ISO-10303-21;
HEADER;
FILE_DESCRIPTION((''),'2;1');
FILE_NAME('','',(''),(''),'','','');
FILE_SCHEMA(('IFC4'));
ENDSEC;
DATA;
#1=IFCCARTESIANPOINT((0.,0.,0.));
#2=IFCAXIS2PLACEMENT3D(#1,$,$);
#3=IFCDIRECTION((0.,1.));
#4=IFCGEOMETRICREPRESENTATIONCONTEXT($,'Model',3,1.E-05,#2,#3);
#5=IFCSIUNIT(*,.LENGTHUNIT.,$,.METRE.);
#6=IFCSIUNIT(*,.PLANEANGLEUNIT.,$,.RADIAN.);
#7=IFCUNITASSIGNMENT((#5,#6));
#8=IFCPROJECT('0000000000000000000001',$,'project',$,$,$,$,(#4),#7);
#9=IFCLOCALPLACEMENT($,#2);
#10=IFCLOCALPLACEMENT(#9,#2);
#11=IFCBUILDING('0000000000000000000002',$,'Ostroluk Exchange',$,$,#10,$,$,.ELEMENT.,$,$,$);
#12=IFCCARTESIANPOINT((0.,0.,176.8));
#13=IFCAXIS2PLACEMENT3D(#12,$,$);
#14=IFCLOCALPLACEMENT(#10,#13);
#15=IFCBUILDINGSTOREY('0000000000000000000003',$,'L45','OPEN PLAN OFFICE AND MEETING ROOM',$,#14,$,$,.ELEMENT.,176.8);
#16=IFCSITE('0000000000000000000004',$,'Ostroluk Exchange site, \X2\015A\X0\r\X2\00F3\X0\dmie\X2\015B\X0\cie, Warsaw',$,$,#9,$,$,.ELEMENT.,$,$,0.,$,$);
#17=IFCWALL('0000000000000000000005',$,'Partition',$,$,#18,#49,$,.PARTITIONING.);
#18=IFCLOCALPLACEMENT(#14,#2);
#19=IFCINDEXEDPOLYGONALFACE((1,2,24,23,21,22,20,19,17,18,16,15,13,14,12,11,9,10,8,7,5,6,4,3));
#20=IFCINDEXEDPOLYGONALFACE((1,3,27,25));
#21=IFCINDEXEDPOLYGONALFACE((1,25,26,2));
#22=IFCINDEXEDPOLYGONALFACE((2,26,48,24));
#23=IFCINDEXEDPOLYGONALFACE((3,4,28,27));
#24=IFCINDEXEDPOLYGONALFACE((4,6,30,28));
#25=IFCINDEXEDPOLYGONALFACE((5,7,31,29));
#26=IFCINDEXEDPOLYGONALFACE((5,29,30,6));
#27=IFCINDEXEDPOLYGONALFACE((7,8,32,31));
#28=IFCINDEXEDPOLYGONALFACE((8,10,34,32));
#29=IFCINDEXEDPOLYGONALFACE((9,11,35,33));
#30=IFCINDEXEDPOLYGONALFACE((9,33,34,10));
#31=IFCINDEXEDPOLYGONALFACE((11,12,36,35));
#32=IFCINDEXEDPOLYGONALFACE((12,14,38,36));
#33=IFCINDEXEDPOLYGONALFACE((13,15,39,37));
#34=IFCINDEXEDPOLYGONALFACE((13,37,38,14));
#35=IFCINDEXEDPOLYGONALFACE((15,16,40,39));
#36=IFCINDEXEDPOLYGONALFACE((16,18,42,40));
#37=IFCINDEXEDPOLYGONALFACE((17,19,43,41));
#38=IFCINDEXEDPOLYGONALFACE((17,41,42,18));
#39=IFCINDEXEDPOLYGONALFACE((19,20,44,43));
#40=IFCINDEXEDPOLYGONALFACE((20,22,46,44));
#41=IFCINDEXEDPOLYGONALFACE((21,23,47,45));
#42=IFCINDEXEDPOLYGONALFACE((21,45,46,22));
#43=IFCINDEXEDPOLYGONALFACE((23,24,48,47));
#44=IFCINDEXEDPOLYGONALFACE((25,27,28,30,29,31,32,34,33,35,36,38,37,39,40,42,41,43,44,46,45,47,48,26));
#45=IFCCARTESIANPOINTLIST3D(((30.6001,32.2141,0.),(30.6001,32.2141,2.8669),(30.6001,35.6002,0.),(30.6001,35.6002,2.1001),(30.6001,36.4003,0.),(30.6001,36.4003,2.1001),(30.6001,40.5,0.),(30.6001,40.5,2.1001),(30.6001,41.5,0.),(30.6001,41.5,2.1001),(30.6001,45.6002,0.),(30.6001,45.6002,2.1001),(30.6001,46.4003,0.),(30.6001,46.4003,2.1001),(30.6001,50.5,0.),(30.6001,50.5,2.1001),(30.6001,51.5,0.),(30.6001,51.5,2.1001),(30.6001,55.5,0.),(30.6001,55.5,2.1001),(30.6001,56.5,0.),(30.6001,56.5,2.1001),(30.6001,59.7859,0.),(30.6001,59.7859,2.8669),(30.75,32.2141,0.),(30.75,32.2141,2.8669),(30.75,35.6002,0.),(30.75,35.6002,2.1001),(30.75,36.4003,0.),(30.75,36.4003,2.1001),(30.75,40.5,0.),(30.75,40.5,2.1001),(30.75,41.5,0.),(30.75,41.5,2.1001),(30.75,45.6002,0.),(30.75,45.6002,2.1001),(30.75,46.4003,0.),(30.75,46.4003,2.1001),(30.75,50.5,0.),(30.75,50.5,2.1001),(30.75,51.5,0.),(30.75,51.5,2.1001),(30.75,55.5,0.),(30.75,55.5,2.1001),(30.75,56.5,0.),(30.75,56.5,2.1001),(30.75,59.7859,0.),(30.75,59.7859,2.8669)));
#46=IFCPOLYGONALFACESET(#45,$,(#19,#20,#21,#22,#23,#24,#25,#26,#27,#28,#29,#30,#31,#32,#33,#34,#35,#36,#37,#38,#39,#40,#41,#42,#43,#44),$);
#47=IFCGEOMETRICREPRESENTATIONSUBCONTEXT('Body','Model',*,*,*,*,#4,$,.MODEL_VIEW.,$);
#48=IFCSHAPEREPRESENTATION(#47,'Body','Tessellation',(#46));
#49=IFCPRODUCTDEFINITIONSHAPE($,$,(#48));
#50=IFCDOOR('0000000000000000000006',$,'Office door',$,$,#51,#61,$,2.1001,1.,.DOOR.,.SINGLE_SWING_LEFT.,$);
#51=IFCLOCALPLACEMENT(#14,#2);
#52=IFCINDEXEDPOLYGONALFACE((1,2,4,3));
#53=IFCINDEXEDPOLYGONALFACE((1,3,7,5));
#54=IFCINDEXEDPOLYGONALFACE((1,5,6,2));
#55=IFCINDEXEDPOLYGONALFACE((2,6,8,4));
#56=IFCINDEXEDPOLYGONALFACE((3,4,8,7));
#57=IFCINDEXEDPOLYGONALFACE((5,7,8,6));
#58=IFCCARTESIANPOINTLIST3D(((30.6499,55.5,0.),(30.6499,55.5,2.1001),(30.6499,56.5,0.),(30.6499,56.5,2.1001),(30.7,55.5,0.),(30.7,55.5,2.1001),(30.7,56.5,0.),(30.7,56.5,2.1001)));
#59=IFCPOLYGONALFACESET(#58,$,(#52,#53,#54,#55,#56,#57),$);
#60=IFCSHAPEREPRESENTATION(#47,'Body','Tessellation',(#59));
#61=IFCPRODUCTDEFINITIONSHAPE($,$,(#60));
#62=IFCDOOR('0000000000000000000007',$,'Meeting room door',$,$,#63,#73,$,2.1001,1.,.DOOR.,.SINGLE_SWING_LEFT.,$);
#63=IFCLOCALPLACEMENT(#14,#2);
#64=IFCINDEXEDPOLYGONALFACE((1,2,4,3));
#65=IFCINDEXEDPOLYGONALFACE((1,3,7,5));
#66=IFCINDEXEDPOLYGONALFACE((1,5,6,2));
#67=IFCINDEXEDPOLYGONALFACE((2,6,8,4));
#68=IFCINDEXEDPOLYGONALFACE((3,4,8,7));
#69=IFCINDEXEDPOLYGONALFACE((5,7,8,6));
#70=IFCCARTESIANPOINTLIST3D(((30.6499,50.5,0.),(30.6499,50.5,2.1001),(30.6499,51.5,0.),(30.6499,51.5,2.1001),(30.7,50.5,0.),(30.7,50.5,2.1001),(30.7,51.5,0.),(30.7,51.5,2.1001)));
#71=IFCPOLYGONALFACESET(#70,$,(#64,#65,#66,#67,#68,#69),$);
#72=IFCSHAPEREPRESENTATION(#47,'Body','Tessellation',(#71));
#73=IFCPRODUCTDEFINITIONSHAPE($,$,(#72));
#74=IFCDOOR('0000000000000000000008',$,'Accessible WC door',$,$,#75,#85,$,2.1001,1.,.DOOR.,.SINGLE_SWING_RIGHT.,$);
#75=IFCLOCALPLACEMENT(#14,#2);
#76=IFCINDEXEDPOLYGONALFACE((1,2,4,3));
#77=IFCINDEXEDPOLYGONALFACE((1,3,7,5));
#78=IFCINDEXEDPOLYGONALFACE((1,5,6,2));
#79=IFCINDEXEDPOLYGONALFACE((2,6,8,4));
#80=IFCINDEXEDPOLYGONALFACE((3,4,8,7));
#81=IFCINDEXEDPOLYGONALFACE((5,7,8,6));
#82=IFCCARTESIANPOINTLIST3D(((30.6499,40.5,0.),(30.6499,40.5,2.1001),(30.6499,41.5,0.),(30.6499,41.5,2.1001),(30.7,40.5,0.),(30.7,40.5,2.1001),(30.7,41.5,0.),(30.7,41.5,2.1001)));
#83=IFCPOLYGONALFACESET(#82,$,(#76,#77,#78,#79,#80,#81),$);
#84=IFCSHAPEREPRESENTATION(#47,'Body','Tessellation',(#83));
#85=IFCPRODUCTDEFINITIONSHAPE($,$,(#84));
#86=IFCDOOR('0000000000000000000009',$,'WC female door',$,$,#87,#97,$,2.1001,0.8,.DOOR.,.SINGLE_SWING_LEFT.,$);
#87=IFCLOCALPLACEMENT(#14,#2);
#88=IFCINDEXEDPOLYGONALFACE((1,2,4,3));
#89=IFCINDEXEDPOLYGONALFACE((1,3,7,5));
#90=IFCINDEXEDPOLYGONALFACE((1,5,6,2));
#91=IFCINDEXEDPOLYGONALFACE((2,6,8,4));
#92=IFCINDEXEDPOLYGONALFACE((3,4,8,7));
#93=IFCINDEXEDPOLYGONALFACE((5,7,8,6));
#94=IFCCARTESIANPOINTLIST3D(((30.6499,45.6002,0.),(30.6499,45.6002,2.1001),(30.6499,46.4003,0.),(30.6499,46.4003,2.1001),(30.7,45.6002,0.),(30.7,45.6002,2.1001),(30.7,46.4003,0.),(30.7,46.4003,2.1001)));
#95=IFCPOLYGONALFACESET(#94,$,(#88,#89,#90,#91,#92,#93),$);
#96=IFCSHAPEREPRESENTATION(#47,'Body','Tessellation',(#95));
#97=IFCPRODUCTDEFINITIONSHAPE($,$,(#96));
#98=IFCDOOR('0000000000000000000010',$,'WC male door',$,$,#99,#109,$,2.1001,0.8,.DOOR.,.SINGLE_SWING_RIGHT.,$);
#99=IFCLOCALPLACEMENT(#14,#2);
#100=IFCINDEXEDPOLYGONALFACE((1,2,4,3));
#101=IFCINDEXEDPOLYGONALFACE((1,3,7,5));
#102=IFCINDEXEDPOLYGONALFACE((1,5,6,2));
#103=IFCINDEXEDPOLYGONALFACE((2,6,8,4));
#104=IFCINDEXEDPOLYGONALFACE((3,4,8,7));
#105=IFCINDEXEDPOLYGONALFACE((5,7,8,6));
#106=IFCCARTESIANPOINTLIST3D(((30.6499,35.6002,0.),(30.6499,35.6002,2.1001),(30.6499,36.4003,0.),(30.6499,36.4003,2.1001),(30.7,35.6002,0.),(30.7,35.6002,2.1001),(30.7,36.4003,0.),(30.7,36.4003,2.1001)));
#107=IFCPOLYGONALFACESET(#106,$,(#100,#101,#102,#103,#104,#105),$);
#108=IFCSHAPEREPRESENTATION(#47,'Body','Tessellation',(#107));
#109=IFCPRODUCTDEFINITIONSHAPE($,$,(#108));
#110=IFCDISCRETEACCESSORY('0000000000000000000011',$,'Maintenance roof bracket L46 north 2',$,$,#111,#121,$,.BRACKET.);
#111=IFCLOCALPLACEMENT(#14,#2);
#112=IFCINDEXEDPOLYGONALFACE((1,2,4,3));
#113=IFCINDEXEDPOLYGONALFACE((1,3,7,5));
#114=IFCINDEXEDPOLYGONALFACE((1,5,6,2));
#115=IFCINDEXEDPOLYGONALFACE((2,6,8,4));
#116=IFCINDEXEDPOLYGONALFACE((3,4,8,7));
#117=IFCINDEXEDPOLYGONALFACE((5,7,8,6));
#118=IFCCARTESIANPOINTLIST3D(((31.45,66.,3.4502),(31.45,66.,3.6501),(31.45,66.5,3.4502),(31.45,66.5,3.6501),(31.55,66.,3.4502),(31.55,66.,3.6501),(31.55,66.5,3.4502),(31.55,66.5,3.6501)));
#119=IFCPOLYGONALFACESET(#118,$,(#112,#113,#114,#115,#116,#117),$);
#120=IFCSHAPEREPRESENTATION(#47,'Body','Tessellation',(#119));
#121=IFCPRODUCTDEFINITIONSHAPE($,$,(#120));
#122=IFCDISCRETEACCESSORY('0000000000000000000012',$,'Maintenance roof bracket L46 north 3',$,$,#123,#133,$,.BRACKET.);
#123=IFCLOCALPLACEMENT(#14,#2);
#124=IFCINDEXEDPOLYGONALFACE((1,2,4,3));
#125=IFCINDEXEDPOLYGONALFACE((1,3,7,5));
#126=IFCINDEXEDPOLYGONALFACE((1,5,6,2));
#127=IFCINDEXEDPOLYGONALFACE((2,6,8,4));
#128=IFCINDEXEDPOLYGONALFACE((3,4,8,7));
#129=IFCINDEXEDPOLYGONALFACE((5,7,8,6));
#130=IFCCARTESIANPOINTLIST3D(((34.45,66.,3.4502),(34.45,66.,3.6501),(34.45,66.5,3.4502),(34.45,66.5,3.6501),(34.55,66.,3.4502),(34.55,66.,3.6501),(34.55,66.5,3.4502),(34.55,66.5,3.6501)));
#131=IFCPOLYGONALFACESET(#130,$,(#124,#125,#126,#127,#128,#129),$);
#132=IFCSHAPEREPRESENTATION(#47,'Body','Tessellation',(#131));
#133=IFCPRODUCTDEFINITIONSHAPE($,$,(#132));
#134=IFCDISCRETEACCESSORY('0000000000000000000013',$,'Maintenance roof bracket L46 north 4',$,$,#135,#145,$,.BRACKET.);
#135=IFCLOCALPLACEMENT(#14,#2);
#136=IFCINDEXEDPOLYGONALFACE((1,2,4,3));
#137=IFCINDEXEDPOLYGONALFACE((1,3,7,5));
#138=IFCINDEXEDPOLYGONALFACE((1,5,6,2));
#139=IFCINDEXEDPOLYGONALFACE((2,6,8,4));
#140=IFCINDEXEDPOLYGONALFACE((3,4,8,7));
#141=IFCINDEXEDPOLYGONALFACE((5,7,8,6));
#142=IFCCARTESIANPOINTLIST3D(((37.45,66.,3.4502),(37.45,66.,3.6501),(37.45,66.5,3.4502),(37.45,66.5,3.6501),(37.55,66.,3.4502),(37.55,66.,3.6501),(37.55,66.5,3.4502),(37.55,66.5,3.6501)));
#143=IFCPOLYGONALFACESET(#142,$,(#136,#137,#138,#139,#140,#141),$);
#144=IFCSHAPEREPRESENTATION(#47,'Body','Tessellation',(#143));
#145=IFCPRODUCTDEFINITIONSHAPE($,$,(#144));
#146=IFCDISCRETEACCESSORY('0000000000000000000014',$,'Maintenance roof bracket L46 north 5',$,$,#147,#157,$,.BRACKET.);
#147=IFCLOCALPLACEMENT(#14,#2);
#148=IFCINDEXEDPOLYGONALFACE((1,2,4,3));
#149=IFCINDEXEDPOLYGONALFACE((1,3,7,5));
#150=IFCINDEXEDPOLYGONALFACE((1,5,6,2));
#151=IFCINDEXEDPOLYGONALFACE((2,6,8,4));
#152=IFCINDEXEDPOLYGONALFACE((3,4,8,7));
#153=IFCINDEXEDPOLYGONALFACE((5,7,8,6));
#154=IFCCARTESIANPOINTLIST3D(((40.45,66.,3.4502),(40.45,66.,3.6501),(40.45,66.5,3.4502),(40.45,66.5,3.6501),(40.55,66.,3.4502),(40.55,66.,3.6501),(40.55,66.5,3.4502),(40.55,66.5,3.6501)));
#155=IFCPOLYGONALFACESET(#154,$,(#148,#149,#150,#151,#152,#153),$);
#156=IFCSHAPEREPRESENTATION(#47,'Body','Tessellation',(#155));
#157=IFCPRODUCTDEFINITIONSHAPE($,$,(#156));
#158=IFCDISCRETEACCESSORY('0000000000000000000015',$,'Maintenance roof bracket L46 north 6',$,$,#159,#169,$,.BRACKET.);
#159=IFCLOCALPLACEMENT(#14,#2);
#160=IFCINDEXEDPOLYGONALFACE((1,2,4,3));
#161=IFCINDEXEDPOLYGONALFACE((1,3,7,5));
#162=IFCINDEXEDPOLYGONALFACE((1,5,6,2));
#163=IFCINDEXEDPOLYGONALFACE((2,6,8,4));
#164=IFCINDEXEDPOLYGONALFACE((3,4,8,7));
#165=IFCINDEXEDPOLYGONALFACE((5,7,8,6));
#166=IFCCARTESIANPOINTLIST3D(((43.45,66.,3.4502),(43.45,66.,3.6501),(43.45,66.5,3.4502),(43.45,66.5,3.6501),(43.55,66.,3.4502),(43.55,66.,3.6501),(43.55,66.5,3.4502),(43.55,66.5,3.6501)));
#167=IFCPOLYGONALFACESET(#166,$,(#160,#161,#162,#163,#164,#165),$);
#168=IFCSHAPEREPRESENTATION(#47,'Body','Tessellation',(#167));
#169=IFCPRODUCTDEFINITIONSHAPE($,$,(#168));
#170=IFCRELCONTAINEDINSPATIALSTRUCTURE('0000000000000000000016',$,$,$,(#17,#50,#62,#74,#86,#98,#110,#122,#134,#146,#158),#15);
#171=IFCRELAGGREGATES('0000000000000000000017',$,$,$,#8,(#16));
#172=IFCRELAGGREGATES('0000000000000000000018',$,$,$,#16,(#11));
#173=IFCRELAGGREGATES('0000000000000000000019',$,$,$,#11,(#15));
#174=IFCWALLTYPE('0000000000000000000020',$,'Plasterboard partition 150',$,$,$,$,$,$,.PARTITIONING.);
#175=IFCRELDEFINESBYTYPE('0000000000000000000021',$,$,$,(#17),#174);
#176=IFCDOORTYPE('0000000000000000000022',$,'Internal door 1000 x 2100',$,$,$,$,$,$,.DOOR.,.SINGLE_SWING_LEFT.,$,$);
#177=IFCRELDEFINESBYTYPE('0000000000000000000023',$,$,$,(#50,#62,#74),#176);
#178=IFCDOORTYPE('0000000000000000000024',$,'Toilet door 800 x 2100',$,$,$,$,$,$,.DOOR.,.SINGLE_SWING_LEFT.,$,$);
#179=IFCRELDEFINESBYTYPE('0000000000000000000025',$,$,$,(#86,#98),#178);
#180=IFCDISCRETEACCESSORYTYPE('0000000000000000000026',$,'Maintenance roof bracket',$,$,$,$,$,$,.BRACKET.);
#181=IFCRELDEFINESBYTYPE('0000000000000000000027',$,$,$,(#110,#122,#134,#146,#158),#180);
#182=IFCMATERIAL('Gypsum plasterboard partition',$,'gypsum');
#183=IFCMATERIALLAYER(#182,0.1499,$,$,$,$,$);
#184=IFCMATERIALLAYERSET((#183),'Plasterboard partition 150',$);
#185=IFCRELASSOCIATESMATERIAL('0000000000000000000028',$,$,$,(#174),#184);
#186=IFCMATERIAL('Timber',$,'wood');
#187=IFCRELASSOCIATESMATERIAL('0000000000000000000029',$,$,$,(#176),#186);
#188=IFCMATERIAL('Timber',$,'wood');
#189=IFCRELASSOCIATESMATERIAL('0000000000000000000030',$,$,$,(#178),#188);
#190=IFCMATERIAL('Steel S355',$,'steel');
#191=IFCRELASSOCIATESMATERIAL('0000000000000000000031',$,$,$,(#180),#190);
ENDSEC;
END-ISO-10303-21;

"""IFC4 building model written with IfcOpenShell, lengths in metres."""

from ifc_helpers import new_model, si_unit, direction, frame, frame_2d, origin, origin_2d, place, context, subcontext, project, spatial, rectangle, extrude, material, layer, layer_set, type_object, element, fill, save


model = new_model("IFC4")

# Units and contexts
model_context = context("Model", 3, precision=1e-05, world=origin(), true_north=direction((0.0, 1.0)))
body_context = subcontext(model_context, "Body", "Model", "MODEL_VIEW")
ifc_project = project(units=[si_unit("LENGTHUNIT", "METRE"), si_unit("PLANEANGLEUNIT", "RADIAN")], contexts=[model_context])

# Site, building, storey
site_placement = place(None, origin())
site = spatial("IfcSite", under=ifc_project, at=site_placement, Name="Ostroluk Exchange site, Śródmieście, Warsaw", CompositionType="ELEMENT", RefElevation=0.0)
building_placement = place(site_placement, origin())
building = spatial("IfcBuilding", under=site, at=building_placement, Name="Ostroluk Exchange", CompositionType="ELEMENT")
storey_placement = place(building_placement, frame((0.0, 0.0, 176.8)))
storey = spatial("IfcBuildingStorey", under=building, at=storey_placement, Name="L45", Description="OPEN PLAN OFFICE AND MEETING ROOM", CompositionType="ELEMENT", Elevation=176.8)

# Shared definitions
ifc_material_1 = material(Name="Gypsum plasterboard partition", Category="gypsum")
ifc_layer_1 = layer(ifc_material_1, 0.1499)
ifc_layer_set_1 = layer_set([ifc_layer_1], Name="Plasterboard partition 150")
wall_type = type_object("IfcWallType", Name="Plasterboard partition 150", PredefinedType="PARTITIONING", material=ifc_layer_set_1)

# Wall, openings, doors
wall_1_placement = place(storey_placement, frame((30.675, 59.7859, 0.0), z_axis=(0.0, 0.0, 1.0), x_axis=(0.0, -1.0, 0.0)))
wall_1 = element("IfcWall", 1, at=wall_1_placement, inside=storey, type_object=wall_type, Name="Partition", PredefinedType="PARTITIONING", context=body_context, shape_type="SweptSolid", body=[
    extrude(rectangle(XDim=27.5718, YDim=0.1499, at=frame_2d((13.7859, 0.0))), origin(), (0.0, 0.0, 1.0), 2.8669),
])
opening_1_placement = place(wall_1_placement, frame((3.2859, 0.0, 0.0)))
opening_1 = element("IfcOpeningElement", 2, at=opening_1_placement, cuts=wall_1, PredefinedType="OPENING", context=body_context, shape_type="SweptSolid", body=[
    extrude(rectangle(XDim=1.0, YDim=2.1001, at=frame_2d((0.5, 1.05))), frame((0.0, 0.085, 0.0), z_axis=(0.0, -1.0, 0.0), x_axis=(1.0, 0.0, 0.0)), (0.0, 0.0, 1.0), 0.1699),
])
opening_2_placement = place(wall_1_placement, frame((8.2859, 0.0, 0.0)))
opening_2 = element("IfcOpeningElement", 3, at=opening_2_placement, cuts=wall_1, PredefinedType="OPENING", context=body_context, shape_type="SweptSolid", body=[
    extrude(rectangle(XDim=1.0, YDim=2.1001, at=frame_2d((0.5, 1.05))), frame((0.0, 0.085, 0.0), z_axis=(0.0, -1.0, 0.0), x_axis=(1.0, 0.0, 0.0)), (0.0, 0.0, 1.0), 0.1699),
])
opening_3_placement = place(wall_1_placement, frame((13.3857, 0.0, 0.0)))
opening_3 = element("IfcOpeningElement", 4, at=opening_3_placement, cuts=wall_1, PredefinedType="OPENING", context=body_context, shape_type="SweptSolid", body=[
    extrude(rectangle(XDim=0.8, YDim=2.1001, at=frame_2d((0.3999, 1.05))), frame((0.0, 0.085, 0.0), z_axis=(0.0, -1.0, 0.0), x_axis=(1.0, 0.0, 0.0)), (0.0, 0.0, 1.0), 0.1699),
])
opening_4_placement = place(wall_1_placement, frame((18.2859, 0.0, 0.0)))
opening_4 = element("IfcOpeningElement", 5, at=opening_4_placement, cuts=wall_1, PredefinedType="OPENING", context=body_context, shape_type="SweptSolid", body=[
    extrude(rectangle(XDim=1.0, YDim=2.1001, at=frame_2d((0.5, 1.05))), frame((0.0, 0.085, 0.0), z_axis=(0.0, -1.0, 0.0), x_axis=(1.0, 0.0, 0.0)), (0.0, 0.0, 1.0), 0.1699),
])
opening_5_placement = place(wall_1_placement, frame((23.3857, 0.0, 0.0)))
opening_5 = element("IfcOpeningElement", 6, at=opening_5_placement, cuts=wall_1, PredefinedType="OPENING", context=body_context, shape_type="SweptSolid", body=[
    extrude(rectangle(XDim=0.8, YDim=2.1001, at=frame_2d((0.3999, 1.05))), frame((0.0, 0.085, 0.0), z_axis=(0.0, -1.0, 0.0), x_axis=(1.0, 0.0, 0.0)), (0.0, 0.0, 1.0), 0.1699),
])
ifc_material_2 = material(Name="Timber", Category="wood")
door_type_1 = type_object("IfcDoorType", Name="Internal door 1000 x 2100", OperationType="SINGLE_SWING_LEFT", PredefinedType="DOOR", material=ifc_material_2)
door_1_placement = place(opening_1_placement, origin())
door_1 = element("IfcDoor", 7, at=door_1_placement, inside=storey, type_object=door_type_1, Name="Office door", OperationType="SINGLE_SWING_LEFT", OverallHeight=2.1001, OverallWidth=1.0, PredefinedType="DOOR", context=body_context, shape_type="SweptSolid", body=[
    extrude(rectangle(XDim=1.0, YDim=2.1001, at=frame_2d((0.5, 1.05))), frame((0.0, 0.0249, 0.0), z_axis=(0.0, -1.0, 0.0), x_axis=(1.0, 0.0, 0.0)), (0.0, 0.0, 1.0), 0.05),
])
fill(opening_1, door_1)
door_2_placement = place(opening_2_placement, origin())
door_2 = element("IfcDoor", 8, at=door_2_placement, inside=storey, type_object=door_type_1, Name="Meeting room door", OperationType="SINGLE_SWING_LEFT", OverallHeight=2.1001, OverallWidth=1.0, PredefinedType="DOOR", context=body_context, shape_type="SweptSolid", body=[
    extrude(rectangle(XDim=1.0, YDim=2.1001, at=frame_2d((0.5, 1.05))), frame((0.0, 0.0249, 0.0), z_axis=(0.0, -1.0, 0.0), x_axis=(1.0, 0.0, 0.0)), (0.0, 0.0, 1.0), 0.05),
])
fill(opening_2, door_2)
door_3_placement = place(opening_4_placement, origin())
door_3 = element("IfcDoor", 9, at=door_3_placement, inside=storey, type_object=door_type_1, Name="Accessible WC door", OperationType="SINGLE_SWING_RIGHT", OverallHeight=2.1001, OverallWidth=1.0, PredefinedType="DOOR", context=body_context, shape_type="SweptSolid", body=[
    extrude(rectangle(XDim=1.0, YDim=2.1001, at=frame_2d((0.5, 1.05))), frame((0.0, 0.0249, 0.0), z_axis=(0.0, -1.0, 0.0), x_axis=(1.0, 0.0, 0.0)), (0.0, 0.0, 1.0), 0.05),
])
fill(opening_4, door_3)
ifc_material_3 = material(Name="Timber", Category="wood")
door_type_2 = type_object("IfcDoorType", Name="Toilet door 800 x 2100", OperationType="SINGLE_SWING_LEFT", PredefinedType="DOOR", material=ifc_material_3)
door_4_placement = place(opening_3_placement, origin())
door_4 = element("IfcDoor", 10, at=door_4_placement, inside=storey, type_object=door_type_2, Name="WC female door", OperationType="SINGLE_SWING_LEFT", OverallHeight=2.1001, OverallWidth=0.8, PredefinedType="DOOR", context=body_context, shape_type="SweptSolid", body=[
    extrude(rectangle(XDim=0.8, YDim=2.1001, at=frame_2d((0.3999, 1.05))), frame((0.0, 0.0249, 0.0), z_axis=(0.0, -1.0, 0.0), x_axis=(1.0, 0.0, 0.0)), (0.0, 0.0, 1.0), 0.05),
])
fill(opening_3, door_4)
door_5_placement = place(opening_5_placement, origin())
door_5 = element("IfcDoor", 11, at=door_5_placement, inside=storey, type_object=door_type_2, Name="WC male door", OperationType="SINGLE_SWING_RIGHT", OverallHeight=2.1001, OverallWidth=0.8, PredefinedType="DOOR", context=body_context, shape_type="SweptSolid", body=[
    extrude(rectangle(XDim=0.8, YDim=2.1001, at=frame_2d((0.3999, 1.05))), frame((0.0, 0.0249, 0.0), z_axis=(0.0, -1.0, 0.0), x_axis=(1.0, 0.0, 0.0)), (0.0, 0.0, 1.0), 0.05),
])
fill(opening_5, door_5)

# Discrete accessories
ifc_material_4 = material(Name="Steel S355", Category="steel")
discrete_accessory_type = type_object("IfcDiscreteAccessoryType", Name="Maintenance roof bracket", PredefinedType="BRACKET", material=ifc_material_4)
for number, where, z_axis, x_axis, name in (
    (12, (31.5, 66.25, 3.4502), (0.0, 0.0, 1.0), (1.0, 0.0, 0.0), "Maintenance roof bracket L46 north 2"),
    (13, (34.5, 66.25, 3.4502), (0.0, 0.0, 1.0), (1.0, 0.0, 0.0), "Maintenance roof bracket L46 north 3"),
    (14, (37.5, 66.25, 3.4502), (0.0, 0.0, 1.0), (1.0, 0.0, 0.0), "Maintenance roof bracket L46 north 4"),
    (15, (40.5, 66.25, 3.4502), (0.0, 0.0, 1.0), (1.0, 0.0, 0.0), "Maintenance roof bracket L46 north 5"),
    (16, (43.5, 66.25, 3.4502), (0.0, 0.0, 1.0), (1.0, 0.0, 0.0), "Maintenance roof bracket L46 north 6"),
):
    element("IfcDiscreteAccessory", number, at=place(storey_placement, frame(where, z_axis=z_axis, x_axis=x_axis)), inside=storey, type_object=discrete_accessory_type, Name=name, PredefinedType="BRACKET", context=body_context, shape_type="SweptSolid", body=[
        extrude(rectangle(XDim=0.1001, YDim=0.5, at=origin_2d()), origin(), (0.0, 0.0, 1.0), 0.2),
    ])

save(model, "model.ifc")
